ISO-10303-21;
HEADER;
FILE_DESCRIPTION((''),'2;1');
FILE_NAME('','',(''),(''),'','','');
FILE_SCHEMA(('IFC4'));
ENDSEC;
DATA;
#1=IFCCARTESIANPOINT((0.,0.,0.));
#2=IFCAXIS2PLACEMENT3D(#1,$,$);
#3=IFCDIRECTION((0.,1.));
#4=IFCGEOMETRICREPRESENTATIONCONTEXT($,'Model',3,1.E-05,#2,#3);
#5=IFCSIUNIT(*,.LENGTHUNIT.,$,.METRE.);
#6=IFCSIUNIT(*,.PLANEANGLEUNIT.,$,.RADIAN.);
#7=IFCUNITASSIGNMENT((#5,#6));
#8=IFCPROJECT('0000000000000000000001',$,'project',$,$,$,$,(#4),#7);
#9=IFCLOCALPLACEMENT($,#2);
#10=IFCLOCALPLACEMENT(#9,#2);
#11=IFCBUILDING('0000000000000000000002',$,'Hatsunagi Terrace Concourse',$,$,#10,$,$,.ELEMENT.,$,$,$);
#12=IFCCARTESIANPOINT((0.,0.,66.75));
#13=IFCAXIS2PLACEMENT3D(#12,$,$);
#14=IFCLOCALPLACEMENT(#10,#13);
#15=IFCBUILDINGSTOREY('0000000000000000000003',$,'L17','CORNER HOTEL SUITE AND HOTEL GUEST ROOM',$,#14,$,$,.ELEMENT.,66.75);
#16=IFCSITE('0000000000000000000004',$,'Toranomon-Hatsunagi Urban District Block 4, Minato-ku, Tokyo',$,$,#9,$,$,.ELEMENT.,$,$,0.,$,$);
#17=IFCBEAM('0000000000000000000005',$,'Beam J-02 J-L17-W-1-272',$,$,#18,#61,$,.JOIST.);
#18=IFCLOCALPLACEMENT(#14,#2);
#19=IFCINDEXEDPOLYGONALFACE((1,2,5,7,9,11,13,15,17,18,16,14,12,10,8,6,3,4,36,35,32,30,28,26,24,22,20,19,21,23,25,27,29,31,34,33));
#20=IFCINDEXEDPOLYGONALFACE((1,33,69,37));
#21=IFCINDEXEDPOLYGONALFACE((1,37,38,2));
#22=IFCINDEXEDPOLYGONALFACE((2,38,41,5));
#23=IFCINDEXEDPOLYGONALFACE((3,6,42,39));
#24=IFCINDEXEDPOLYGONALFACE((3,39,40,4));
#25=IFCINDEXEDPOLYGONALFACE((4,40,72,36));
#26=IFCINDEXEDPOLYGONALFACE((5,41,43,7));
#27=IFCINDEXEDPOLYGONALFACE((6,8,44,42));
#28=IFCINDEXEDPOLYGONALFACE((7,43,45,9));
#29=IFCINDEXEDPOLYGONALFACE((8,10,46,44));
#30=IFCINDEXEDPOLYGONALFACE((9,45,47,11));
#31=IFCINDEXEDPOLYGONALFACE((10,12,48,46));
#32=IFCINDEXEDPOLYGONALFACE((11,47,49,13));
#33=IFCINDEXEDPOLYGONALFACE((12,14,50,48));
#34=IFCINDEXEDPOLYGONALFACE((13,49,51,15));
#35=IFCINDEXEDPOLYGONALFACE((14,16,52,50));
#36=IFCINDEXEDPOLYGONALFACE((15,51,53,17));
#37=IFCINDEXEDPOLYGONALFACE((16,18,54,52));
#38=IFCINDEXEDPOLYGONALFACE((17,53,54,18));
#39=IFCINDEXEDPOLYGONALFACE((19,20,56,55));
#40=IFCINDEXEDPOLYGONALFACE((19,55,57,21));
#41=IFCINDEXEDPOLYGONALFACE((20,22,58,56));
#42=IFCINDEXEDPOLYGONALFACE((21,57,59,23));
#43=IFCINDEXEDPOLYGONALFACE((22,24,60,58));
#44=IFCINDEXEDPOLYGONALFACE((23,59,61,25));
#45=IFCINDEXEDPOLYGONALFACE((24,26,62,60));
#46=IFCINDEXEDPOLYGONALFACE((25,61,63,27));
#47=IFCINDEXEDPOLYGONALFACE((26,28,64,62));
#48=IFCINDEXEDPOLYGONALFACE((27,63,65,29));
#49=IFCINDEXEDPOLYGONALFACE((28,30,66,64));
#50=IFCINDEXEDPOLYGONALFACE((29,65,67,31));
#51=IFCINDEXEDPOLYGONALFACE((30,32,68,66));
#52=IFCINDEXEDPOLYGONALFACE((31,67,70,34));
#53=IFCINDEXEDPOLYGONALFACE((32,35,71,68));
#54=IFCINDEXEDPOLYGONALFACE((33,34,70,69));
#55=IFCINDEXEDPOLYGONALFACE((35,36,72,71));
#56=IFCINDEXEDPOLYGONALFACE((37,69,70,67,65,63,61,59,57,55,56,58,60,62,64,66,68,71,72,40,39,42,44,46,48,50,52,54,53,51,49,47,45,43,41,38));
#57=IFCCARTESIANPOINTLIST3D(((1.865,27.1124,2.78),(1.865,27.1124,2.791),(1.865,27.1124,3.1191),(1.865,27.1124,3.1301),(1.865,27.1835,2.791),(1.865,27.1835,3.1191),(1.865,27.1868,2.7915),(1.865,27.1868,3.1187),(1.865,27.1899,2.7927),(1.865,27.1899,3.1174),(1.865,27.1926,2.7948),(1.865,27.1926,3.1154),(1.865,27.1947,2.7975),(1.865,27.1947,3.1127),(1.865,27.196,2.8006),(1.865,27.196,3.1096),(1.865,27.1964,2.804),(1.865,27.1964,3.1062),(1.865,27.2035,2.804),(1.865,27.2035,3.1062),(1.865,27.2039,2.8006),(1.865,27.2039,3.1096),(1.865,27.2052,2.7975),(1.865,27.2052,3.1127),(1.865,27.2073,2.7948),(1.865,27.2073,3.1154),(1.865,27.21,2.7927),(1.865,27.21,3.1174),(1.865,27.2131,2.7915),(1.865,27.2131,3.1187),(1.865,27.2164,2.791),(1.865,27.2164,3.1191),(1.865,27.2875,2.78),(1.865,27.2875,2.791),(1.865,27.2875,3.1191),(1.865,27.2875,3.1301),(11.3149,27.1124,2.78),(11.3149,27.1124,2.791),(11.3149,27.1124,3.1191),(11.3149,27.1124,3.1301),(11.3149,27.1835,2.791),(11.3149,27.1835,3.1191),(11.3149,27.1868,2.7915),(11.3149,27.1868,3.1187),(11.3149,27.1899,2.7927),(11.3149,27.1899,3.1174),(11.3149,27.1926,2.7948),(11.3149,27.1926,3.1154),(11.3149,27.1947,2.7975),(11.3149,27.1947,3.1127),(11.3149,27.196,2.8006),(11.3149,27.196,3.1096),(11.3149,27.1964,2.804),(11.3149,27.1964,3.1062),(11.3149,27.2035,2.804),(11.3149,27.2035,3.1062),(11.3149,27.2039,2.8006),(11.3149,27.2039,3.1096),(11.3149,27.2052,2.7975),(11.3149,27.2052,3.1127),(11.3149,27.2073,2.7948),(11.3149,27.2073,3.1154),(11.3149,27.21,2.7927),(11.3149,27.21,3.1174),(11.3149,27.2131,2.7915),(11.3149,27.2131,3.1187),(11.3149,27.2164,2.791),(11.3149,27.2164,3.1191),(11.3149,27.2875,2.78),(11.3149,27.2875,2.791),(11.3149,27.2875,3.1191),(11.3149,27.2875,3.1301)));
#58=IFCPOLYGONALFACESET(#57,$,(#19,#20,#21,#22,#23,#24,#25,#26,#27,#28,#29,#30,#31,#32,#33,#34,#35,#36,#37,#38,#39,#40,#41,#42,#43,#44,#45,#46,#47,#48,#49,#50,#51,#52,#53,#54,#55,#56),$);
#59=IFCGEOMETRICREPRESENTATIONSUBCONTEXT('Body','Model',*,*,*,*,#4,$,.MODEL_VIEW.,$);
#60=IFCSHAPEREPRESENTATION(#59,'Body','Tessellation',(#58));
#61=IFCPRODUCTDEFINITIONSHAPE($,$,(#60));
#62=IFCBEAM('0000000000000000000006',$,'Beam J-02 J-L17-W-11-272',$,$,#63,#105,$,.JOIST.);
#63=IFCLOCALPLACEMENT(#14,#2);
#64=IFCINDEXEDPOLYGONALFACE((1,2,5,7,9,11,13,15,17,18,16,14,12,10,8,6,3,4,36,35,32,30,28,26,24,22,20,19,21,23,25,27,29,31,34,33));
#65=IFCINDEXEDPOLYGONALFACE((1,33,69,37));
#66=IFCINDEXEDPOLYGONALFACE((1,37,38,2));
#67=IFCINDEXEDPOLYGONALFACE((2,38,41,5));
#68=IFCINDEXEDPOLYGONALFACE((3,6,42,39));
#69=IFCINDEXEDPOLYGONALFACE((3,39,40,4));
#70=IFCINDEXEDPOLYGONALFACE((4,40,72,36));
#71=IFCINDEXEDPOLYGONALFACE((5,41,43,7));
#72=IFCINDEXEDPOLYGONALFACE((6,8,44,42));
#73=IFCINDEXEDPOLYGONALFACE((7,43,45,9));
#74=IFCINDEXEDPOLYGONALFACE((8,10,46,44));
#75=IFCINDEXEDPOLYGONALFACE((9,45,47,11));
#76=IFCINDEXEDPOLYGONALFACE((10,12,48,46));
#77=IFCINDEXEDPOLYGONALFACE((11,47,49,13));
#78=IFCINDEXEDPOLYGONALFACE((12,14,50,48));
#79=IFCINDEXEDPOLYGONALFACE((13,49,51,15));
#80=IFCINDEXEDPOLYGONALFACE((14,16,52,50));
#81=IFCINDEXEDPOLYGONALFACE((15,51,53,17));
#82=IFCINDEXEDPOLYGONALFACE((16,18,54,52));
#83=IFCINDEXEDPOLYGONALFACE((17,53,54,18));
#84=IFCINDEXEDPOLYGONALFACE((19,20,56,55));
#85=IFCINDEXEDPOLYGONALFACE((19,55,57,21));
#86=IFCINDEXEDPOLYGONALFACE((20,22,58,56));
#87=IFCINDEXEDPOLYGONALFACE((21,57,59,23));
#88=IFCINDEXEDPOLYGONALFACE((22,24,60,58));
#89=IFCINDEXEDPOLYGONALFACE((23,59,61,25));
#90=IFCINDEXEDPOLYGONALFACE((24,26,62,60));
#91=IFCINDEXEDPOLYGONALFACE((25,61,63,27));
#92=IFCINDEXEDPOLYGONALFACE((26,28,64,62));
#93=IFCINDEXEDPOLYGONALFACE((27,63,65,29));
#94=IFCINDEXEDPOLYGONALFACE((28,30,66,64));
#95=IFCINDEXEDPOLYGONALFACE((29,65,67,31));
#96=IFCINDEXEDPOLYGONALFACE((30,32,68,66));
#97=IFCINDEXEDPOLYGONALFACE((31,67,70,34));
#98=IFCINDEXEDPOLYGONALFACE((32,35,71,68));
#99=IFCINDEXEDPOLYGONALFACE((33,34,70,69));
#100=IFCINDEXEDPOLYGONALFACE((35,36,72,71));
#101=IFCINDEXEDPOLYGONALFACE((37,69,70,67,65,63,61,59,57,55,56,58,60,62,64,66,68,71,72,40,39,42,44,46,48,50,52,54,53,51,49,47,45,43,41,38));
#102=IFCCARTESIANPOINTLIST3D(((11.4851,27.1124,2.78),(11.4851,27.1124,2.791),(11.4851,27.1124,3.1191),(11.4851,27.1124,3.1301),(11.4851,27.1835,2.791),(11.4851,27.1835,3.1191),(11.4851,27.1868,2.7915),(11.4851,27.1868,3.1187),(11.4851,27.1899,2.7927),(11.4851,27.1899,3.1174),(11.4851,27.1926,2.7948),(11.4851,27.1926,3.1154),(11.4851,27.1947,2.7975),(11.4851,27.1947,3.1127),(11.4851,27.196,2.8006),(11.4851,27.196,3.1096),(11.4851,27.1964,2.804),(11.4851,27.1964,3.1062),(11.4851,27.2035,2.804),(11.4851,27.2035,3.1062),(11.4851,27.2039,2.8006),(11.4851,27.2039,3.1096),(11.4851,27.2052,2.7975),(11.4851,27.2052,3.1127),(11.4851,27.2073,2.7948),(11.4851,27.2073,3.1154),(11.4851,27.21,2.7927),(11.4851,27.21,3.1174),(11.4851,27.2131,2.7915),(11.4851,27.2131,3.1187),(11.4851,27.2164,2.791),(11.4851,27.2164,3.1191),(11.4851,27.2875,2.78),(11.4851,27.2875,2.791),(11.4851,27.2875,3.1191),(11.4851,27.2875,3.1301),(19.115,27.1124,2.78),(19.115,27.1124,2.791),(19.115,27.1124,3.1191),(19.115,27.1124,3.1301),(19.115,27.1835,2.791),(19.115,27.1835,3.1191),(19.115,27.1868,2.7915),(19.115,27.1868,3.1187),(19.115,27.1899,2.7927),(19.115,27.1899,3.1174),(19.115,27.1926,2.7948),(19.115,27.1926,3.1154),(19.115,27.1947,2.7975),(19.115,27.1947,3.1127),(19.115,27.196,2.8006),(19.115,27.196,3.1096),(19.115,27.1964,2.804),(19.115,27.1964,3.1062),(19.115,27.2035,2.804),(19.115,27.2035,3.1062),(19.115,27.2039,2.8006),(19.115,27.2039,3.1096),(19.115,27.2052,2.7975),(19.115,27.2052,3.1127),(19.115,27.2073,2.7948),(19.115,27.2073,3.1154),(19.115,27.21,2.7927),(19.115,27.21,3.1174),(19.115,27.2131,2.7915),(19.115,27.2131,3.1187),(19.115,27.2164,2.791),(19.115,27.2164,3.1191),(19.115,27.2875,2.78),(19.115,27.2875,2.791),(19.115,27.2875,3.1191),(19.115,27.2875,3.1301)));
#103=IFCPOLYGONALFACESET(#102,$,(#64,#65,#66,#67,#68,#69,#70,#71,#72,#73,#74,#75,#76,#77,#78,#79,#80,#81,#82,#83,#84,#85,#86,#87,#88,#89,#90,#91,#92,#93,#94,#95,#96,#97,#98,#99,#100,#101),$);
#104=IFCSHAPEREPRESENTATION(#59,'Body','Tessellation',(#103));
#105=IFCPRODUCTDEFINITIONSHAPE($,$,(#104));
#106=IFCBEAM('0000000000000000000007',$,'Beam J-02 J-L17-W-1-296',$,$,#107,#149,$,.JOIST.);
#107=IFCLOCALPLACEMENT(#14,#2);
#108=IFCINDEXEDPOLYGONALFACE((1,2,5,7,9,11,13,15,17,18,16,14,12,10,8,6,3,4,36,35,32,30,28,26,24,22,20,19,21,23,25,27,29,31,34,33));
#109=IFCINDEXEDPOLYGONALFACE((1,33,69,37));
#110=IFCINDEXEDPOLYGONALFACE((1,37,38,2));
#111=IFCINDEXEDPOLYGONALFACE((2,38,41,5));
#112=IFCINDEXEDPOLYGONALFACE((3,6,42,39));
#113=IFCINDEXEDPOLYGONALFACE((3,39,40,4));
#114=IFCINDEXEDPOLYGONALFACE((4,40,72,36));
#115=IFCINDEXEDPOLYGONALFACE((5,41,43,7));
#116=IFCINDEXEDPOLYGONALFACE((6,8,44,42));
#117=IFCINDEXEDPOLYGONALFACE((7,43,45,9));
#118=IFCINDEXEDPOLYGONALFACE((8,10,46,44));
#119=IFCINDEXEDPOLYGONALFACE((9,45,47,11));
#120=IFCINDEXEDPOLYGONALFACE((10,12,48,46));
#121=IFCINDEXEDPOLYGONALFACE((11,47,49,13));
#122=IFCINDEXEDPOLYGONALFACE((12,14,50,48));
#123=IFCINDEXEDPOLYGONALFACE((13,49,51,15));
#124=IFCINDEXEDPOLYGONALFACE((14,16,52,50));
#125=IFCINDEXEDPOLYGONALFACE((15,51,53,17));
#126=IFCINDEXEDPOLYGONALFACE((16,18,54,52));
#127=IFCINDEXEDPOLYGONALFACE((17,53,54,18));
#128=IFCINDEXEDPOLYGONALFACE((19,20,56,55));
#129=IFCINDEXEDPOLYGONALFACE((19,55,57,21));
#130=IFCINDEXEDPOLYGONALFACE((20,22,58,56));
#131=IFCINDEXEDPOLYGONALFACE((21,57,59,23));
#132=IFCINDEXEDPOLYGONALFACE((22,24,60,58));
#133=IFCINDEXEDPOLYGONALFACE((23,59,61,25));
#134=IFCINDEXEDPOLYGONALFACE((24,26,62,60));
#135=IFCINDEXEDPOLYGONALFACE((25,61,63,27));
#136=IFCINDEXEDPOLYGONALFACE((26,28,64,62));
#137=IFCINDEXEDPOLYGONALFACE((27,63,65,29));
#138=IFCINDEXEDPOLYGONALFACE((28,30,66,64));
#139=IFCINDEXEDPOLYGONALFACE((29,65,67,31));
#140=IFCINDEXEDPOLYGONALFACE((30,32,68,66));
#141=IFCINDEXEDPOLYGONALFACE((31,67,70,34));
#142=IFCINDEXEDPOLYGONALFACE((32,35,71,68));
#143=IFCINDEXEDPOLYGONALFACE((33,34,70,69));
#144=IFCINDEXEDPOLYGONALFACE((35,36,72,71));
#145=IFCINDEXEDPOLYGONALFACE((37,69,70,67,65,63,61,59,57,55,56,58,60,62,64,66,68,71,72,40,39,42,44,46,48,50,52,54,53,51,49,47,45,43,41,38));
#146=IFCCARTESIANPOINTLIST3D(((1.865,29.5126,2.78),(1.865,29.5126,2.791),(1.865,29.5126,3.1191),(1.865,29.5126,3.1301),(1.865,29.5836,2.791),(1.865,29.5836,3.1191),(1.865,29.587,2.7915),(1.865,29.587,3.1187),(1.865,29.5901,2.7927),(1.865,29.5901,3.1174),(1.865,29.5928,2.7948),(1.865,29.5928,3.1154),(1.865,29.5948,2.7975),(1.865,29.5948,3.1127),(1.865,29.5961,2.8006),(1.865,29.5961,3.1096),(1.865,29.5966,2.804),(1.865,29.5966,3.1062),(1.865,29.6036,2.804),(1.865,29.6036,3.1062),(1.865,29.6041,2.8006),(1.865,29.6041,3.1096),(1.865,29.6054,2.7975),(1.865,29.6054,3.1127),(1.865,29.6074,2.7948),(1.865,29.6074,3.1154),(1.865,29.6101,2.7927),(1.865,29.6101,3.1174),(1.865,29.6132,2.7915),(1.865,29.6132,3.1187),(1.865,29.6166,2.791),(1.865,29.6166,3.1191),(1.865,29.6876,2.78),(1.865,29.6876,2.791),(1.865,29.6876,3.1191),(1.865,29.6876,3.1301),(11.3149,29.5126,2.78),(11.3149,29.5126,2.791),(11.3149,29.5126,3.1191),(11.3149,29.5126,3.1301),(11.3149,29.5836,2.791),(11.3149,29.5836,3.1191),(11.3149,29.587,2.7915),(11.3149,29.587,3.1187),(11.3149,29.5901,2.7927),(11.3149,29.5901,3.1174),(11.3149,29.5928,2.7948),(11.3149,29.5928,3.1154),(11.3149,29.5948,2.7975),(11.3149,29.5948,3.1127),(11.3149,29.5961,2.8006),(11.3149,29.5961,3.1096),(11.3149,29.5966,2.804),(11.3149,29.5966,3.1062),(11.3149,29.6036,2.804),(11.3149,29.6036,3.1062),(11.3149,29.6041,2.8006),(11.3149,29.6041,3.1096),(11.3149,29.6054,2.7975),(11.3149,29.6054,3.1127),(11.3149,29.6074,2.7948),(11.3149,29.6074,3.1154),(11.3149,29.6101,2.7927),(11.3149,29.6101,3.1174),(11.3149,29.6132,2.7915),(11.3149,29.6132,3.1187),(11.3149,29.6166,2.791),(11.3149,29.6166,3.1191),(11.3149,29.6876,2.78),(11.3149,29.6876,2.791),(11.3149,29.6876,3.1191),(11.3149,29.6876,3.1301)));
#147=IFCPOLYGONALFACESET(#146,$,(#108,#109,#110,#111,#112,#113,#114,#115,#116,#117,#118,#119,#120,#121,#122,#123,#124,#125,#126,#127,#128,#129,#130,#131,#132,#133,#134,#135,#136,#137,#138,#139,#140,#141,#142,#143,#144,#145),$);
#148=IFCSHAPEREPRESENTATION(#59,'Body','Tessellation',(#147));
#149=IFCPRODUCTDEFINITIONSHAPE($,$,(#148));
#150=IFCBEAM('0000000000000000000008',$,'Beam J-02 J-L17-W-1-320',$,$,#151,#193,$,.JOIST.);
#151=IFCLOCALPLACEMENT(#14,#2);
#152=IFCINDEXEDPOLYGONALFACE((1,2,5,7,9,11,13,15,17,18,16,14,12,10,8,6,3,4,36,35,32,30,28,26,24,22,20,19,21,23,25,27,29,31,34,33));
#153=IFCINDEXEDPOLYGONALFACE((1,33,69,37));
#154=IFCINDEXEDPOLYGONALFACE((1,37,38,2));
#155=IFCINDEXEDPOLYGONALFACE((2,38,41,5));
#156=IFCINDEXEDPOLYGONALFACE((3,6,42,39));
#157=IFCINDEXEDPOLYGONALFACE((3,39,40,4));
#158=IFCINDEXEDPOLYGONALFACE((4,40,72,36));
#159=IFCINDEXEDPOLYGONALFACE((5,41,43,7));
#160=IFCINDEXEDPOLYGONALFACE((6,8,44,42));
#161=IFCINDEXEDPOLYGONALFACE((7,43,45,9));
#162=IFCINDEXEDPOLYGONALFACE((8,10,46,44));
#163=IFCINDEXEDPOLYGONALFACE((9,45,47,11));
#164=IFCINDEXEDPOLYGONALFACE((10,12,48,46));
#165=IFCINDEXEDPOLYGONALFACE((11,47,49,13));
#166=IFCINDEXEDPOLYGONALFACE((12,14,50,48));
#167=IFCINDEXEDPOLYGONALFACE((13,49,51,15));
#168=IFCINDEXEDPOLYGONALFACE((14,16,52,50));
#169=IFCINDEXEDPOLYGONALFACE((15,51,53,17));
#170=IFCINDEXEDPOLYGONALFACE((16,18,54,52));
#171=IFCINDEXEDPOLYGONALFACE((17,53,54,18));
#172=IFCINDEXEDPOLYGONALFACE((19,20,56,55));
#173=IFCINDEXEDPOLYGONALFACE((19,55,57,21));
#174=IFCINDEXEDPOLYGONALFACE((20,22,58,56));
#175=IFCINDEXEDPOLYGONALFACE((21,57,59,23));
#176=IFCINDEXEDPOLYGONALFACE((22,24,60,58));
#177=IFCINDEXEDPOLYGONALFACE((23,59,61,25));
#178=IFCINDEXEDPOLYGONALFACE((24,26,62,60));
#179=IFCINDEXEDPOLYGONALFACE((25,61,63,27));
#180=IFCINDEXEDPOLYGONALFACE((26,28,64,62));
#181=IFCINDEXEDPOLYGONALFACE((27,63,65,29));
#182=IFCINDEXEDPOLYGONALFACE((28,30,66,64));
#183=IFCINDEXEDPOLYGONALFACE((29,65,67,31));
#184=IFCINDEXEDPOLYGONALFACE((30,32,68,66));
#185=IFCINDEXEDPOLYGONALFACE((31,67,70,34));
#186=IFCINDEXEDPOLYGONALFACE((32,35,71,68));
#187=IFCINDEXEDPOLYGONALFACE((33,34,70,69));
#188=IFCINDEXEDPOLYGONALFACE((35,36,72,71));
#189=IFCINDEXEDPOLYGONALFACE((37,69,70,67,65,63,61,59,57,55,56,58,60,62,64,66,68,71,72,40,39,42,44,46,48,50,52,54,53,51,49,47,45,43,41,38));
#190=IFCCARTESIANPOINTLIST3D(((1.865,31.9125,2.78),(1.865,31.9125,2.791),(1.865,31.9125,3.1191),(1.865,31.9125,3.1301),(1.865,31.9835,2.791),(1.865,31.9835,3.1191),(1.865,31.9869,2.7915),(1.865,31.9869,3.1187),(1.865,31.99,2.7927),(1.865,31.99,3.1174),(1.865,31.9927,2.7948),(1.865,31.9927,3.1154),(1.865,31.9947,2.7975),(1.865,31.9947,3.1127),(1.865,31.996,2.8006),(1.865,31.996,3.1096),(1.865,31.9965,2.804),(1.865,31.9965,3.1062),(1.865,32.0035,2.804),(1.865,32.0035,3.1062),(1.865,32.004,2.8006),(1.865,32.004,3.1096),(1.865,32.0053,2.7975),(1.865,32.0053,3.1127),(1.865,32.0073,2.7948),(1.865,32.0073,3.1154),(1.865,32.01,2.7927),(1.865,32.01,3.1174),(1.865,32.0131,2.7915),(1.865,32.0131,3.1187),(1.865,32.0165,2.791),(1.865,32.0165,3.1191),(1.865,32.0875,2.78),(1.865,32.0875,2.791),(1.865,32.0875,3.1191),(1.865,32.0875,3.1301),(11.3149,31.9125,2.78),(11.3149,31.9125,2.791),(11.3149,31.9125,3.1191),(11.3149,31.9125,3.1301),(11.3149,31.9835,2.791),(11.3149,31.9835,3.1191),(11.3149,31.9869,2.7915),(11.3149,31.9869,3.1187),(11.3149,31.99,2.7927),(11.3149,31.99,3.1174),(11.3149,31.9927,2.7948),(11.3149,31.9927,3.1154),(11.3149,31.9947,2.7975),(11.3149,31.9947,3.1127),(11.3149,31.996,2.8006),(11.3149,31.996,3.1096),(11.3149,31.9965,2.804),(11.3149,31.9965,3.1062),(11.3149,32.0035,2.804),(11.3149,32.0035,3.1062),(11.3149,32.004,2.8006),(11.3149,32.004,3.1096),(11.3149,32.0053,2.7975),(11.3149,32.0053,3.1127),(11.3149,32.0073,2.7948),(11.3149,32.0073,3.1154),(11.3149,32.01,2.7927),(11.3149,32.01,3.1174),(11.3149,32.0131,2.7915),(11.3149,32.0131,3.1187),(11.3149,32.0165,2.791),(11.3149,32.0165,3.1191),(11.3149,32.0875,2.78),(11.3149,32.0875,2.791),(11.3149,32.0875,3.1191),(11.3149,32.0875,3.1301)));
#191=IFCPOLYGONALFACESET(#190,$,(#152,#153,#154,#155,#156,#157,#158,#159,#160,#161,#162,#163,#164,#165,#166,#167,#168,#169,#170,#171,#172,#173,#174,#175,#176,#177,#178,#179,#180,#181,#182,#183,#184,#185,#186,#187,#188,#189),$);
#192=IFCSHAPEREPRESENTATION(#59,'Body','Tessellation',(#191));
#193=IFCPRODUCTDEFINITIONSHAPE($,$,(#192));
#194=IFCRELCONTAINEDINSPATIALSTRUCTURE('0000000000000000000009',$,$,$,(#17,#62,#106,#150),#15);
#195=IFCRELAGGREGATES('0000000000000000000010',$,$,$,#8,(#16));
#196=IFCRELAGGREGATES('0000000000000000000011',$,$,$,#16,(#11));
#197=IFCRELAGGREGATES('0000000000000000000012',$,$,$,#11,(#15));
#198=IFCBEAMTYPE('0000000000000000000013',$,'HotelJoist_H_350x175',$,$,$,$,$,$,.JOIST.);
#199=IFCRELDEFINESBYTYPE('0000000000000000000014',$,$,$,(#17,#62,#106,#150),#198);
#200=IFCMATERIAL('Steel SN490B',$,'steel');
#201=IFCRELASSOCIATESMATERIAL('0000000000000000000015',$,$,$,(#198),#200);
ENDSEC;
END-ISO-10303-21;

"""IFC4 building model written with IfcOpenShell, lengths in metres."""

from ifc_helpers import new_model, si_unit, direction, frame, origin, origin_2d, place, context, subcontext, project, spatial, i_section, extrude, material, material_profile, profile_set, type_object, element, save


model = new_model("IFC4")

# Units and contexts
model_context = context("Model", 3, precision=1e-05, world=origin(), true_north=direction((0.0, 1.0)))
body_context = subcontext(model_context, "Body", "Model", "MODEL_VIEW")
ifc_project = project(units=[si_unit("LENGTHUNIT", "METRE"), si_unit("PLANEANGLEUNIT", "RADIAN")], contexts=[model_context])

# Site, building, storey
site_placement = place(None, origin())
site = spatial("IfcSite", under=ifc_project, at=site_placement, Name="Toranomon-Hatsunagi Urban District Block 4, Minato-ku, Tokyo", CompositionType="ELEMENT", RefElevation=0.0)
building_placement = place(site_placement, origin())
building = spatial("IfcBuilding", under=site, at=building_placement, Name="Hatsunagi Terrace Concourse", CompositionType="ELEMENT")
storey_placement = place(building_placement, frame((0.0, 0.0, 66.75)))
storey = spatial("IfcBuildingStorey", under=building, at=storey_placement, Name="L17", Description="CORNER HOTEL SUITE AND HOTEL GUEST ROOM", CompositionType="ELEMENT", Elevation=66.75)

# Beams
ifc_material_1 = material(Name="Steel SN490B", Category="steel")
ifc_material_profile_1 = material_profile(ifc_material_1, i_section(OverallWidth=0.175, OverallDepth=0.3501, WebThickness=0.0071, FlangeThickness=0.011, FilletRadius=0.0129, at=origin_2d()), Name="H-350x175x7x11")
ifc_profile_set_1 = profile_set([ifc_material_profile_1], Name="Steel SN490B")
beam_type_1 = type_object("IfcBeamType", Name="HotelJoist_H_350x175", PredefinedType="JOIST", material=ifc_profile_set_1)
beam_1_placement = place(storey_placement, frame((1.865, 27.2, 2.9551), z_axis=(1.0, 0.0, 0.0), x_axis=(0.0, 1.0, 0.0)))
element("IfcBeam", 1, at=beam_1_placement, inside=storey, type_object=beam_type_1, Name="Beam J-02 J-L17-W-1-272", PredefinedType="JOIST", context=body_context, shape_type="SweptSolid", body=[
    extrude(i_section(OverallWidth=0.175, OverallDepth=0.3501, WebThickness=0.0071, FlangeThickness=0.011, FilletRadius=0.0129, at=origin_2d()), origin(), (0.0, 0.0, 1.0), 9.45),
])
beam_2_placement = place(storey_placement, frame((11.4851, 27.2, 2.9551), z_axis=(1.0, 0.0, 0.0), x_axis=(0.0, 1.0, 0.0)))
element("IfcBeam", 2, at=beam_2_placement, inside=storey, type_object=beam_type_1, Name="Beam J-02 J-L17-W-11-272", PredefinedType="JOIST", context=body_context, shape_type="SweptSolid", body=[
    extrude(i_section(OverallWidth=0.175, OverallDepth=0.3501, WebThickness=0.0071, FlangeThickness=0.011, FilletRadius=0.0129, at=origin_2d()), origin(), (0.0, 0.0, 1.0), 7.6299),
])
for number, where, z_axis, x_axis, name in (
    (3, (1.865, 29.6001, 2.9551), (1.0, 0.0, 0.0), (0.0, 1.0, 0.0), "Beam J-02 J-L17-W-1-296"),
    (4, (1.865, 32.0, 2.9551), (1.0, 0.0, 0.0), (0.0, 1.0, 0.0), "Beam J-02 J-L17-W-1-320"),
):
    element("IfcBeam", number, at=place(storey_placement, frame(where, z_axis=z_axis, x_axis=x_axis)), inside=storey, type_object=beam_type_1, Name=name, PredefinedType="JOIST", context=body_context, shape_type="SweptSolid", body=[
        extrude(i_section(OverallWidth=0.175, OverallDepth=0.3501, WebThickness=0.0071, FlangeThickness=0.011, FilletRadius=0.0129, at=origin_2d()), origin(), (0.0, 0.0, 1.0), 9.45),
    ])

save(model, "model.ifc")
